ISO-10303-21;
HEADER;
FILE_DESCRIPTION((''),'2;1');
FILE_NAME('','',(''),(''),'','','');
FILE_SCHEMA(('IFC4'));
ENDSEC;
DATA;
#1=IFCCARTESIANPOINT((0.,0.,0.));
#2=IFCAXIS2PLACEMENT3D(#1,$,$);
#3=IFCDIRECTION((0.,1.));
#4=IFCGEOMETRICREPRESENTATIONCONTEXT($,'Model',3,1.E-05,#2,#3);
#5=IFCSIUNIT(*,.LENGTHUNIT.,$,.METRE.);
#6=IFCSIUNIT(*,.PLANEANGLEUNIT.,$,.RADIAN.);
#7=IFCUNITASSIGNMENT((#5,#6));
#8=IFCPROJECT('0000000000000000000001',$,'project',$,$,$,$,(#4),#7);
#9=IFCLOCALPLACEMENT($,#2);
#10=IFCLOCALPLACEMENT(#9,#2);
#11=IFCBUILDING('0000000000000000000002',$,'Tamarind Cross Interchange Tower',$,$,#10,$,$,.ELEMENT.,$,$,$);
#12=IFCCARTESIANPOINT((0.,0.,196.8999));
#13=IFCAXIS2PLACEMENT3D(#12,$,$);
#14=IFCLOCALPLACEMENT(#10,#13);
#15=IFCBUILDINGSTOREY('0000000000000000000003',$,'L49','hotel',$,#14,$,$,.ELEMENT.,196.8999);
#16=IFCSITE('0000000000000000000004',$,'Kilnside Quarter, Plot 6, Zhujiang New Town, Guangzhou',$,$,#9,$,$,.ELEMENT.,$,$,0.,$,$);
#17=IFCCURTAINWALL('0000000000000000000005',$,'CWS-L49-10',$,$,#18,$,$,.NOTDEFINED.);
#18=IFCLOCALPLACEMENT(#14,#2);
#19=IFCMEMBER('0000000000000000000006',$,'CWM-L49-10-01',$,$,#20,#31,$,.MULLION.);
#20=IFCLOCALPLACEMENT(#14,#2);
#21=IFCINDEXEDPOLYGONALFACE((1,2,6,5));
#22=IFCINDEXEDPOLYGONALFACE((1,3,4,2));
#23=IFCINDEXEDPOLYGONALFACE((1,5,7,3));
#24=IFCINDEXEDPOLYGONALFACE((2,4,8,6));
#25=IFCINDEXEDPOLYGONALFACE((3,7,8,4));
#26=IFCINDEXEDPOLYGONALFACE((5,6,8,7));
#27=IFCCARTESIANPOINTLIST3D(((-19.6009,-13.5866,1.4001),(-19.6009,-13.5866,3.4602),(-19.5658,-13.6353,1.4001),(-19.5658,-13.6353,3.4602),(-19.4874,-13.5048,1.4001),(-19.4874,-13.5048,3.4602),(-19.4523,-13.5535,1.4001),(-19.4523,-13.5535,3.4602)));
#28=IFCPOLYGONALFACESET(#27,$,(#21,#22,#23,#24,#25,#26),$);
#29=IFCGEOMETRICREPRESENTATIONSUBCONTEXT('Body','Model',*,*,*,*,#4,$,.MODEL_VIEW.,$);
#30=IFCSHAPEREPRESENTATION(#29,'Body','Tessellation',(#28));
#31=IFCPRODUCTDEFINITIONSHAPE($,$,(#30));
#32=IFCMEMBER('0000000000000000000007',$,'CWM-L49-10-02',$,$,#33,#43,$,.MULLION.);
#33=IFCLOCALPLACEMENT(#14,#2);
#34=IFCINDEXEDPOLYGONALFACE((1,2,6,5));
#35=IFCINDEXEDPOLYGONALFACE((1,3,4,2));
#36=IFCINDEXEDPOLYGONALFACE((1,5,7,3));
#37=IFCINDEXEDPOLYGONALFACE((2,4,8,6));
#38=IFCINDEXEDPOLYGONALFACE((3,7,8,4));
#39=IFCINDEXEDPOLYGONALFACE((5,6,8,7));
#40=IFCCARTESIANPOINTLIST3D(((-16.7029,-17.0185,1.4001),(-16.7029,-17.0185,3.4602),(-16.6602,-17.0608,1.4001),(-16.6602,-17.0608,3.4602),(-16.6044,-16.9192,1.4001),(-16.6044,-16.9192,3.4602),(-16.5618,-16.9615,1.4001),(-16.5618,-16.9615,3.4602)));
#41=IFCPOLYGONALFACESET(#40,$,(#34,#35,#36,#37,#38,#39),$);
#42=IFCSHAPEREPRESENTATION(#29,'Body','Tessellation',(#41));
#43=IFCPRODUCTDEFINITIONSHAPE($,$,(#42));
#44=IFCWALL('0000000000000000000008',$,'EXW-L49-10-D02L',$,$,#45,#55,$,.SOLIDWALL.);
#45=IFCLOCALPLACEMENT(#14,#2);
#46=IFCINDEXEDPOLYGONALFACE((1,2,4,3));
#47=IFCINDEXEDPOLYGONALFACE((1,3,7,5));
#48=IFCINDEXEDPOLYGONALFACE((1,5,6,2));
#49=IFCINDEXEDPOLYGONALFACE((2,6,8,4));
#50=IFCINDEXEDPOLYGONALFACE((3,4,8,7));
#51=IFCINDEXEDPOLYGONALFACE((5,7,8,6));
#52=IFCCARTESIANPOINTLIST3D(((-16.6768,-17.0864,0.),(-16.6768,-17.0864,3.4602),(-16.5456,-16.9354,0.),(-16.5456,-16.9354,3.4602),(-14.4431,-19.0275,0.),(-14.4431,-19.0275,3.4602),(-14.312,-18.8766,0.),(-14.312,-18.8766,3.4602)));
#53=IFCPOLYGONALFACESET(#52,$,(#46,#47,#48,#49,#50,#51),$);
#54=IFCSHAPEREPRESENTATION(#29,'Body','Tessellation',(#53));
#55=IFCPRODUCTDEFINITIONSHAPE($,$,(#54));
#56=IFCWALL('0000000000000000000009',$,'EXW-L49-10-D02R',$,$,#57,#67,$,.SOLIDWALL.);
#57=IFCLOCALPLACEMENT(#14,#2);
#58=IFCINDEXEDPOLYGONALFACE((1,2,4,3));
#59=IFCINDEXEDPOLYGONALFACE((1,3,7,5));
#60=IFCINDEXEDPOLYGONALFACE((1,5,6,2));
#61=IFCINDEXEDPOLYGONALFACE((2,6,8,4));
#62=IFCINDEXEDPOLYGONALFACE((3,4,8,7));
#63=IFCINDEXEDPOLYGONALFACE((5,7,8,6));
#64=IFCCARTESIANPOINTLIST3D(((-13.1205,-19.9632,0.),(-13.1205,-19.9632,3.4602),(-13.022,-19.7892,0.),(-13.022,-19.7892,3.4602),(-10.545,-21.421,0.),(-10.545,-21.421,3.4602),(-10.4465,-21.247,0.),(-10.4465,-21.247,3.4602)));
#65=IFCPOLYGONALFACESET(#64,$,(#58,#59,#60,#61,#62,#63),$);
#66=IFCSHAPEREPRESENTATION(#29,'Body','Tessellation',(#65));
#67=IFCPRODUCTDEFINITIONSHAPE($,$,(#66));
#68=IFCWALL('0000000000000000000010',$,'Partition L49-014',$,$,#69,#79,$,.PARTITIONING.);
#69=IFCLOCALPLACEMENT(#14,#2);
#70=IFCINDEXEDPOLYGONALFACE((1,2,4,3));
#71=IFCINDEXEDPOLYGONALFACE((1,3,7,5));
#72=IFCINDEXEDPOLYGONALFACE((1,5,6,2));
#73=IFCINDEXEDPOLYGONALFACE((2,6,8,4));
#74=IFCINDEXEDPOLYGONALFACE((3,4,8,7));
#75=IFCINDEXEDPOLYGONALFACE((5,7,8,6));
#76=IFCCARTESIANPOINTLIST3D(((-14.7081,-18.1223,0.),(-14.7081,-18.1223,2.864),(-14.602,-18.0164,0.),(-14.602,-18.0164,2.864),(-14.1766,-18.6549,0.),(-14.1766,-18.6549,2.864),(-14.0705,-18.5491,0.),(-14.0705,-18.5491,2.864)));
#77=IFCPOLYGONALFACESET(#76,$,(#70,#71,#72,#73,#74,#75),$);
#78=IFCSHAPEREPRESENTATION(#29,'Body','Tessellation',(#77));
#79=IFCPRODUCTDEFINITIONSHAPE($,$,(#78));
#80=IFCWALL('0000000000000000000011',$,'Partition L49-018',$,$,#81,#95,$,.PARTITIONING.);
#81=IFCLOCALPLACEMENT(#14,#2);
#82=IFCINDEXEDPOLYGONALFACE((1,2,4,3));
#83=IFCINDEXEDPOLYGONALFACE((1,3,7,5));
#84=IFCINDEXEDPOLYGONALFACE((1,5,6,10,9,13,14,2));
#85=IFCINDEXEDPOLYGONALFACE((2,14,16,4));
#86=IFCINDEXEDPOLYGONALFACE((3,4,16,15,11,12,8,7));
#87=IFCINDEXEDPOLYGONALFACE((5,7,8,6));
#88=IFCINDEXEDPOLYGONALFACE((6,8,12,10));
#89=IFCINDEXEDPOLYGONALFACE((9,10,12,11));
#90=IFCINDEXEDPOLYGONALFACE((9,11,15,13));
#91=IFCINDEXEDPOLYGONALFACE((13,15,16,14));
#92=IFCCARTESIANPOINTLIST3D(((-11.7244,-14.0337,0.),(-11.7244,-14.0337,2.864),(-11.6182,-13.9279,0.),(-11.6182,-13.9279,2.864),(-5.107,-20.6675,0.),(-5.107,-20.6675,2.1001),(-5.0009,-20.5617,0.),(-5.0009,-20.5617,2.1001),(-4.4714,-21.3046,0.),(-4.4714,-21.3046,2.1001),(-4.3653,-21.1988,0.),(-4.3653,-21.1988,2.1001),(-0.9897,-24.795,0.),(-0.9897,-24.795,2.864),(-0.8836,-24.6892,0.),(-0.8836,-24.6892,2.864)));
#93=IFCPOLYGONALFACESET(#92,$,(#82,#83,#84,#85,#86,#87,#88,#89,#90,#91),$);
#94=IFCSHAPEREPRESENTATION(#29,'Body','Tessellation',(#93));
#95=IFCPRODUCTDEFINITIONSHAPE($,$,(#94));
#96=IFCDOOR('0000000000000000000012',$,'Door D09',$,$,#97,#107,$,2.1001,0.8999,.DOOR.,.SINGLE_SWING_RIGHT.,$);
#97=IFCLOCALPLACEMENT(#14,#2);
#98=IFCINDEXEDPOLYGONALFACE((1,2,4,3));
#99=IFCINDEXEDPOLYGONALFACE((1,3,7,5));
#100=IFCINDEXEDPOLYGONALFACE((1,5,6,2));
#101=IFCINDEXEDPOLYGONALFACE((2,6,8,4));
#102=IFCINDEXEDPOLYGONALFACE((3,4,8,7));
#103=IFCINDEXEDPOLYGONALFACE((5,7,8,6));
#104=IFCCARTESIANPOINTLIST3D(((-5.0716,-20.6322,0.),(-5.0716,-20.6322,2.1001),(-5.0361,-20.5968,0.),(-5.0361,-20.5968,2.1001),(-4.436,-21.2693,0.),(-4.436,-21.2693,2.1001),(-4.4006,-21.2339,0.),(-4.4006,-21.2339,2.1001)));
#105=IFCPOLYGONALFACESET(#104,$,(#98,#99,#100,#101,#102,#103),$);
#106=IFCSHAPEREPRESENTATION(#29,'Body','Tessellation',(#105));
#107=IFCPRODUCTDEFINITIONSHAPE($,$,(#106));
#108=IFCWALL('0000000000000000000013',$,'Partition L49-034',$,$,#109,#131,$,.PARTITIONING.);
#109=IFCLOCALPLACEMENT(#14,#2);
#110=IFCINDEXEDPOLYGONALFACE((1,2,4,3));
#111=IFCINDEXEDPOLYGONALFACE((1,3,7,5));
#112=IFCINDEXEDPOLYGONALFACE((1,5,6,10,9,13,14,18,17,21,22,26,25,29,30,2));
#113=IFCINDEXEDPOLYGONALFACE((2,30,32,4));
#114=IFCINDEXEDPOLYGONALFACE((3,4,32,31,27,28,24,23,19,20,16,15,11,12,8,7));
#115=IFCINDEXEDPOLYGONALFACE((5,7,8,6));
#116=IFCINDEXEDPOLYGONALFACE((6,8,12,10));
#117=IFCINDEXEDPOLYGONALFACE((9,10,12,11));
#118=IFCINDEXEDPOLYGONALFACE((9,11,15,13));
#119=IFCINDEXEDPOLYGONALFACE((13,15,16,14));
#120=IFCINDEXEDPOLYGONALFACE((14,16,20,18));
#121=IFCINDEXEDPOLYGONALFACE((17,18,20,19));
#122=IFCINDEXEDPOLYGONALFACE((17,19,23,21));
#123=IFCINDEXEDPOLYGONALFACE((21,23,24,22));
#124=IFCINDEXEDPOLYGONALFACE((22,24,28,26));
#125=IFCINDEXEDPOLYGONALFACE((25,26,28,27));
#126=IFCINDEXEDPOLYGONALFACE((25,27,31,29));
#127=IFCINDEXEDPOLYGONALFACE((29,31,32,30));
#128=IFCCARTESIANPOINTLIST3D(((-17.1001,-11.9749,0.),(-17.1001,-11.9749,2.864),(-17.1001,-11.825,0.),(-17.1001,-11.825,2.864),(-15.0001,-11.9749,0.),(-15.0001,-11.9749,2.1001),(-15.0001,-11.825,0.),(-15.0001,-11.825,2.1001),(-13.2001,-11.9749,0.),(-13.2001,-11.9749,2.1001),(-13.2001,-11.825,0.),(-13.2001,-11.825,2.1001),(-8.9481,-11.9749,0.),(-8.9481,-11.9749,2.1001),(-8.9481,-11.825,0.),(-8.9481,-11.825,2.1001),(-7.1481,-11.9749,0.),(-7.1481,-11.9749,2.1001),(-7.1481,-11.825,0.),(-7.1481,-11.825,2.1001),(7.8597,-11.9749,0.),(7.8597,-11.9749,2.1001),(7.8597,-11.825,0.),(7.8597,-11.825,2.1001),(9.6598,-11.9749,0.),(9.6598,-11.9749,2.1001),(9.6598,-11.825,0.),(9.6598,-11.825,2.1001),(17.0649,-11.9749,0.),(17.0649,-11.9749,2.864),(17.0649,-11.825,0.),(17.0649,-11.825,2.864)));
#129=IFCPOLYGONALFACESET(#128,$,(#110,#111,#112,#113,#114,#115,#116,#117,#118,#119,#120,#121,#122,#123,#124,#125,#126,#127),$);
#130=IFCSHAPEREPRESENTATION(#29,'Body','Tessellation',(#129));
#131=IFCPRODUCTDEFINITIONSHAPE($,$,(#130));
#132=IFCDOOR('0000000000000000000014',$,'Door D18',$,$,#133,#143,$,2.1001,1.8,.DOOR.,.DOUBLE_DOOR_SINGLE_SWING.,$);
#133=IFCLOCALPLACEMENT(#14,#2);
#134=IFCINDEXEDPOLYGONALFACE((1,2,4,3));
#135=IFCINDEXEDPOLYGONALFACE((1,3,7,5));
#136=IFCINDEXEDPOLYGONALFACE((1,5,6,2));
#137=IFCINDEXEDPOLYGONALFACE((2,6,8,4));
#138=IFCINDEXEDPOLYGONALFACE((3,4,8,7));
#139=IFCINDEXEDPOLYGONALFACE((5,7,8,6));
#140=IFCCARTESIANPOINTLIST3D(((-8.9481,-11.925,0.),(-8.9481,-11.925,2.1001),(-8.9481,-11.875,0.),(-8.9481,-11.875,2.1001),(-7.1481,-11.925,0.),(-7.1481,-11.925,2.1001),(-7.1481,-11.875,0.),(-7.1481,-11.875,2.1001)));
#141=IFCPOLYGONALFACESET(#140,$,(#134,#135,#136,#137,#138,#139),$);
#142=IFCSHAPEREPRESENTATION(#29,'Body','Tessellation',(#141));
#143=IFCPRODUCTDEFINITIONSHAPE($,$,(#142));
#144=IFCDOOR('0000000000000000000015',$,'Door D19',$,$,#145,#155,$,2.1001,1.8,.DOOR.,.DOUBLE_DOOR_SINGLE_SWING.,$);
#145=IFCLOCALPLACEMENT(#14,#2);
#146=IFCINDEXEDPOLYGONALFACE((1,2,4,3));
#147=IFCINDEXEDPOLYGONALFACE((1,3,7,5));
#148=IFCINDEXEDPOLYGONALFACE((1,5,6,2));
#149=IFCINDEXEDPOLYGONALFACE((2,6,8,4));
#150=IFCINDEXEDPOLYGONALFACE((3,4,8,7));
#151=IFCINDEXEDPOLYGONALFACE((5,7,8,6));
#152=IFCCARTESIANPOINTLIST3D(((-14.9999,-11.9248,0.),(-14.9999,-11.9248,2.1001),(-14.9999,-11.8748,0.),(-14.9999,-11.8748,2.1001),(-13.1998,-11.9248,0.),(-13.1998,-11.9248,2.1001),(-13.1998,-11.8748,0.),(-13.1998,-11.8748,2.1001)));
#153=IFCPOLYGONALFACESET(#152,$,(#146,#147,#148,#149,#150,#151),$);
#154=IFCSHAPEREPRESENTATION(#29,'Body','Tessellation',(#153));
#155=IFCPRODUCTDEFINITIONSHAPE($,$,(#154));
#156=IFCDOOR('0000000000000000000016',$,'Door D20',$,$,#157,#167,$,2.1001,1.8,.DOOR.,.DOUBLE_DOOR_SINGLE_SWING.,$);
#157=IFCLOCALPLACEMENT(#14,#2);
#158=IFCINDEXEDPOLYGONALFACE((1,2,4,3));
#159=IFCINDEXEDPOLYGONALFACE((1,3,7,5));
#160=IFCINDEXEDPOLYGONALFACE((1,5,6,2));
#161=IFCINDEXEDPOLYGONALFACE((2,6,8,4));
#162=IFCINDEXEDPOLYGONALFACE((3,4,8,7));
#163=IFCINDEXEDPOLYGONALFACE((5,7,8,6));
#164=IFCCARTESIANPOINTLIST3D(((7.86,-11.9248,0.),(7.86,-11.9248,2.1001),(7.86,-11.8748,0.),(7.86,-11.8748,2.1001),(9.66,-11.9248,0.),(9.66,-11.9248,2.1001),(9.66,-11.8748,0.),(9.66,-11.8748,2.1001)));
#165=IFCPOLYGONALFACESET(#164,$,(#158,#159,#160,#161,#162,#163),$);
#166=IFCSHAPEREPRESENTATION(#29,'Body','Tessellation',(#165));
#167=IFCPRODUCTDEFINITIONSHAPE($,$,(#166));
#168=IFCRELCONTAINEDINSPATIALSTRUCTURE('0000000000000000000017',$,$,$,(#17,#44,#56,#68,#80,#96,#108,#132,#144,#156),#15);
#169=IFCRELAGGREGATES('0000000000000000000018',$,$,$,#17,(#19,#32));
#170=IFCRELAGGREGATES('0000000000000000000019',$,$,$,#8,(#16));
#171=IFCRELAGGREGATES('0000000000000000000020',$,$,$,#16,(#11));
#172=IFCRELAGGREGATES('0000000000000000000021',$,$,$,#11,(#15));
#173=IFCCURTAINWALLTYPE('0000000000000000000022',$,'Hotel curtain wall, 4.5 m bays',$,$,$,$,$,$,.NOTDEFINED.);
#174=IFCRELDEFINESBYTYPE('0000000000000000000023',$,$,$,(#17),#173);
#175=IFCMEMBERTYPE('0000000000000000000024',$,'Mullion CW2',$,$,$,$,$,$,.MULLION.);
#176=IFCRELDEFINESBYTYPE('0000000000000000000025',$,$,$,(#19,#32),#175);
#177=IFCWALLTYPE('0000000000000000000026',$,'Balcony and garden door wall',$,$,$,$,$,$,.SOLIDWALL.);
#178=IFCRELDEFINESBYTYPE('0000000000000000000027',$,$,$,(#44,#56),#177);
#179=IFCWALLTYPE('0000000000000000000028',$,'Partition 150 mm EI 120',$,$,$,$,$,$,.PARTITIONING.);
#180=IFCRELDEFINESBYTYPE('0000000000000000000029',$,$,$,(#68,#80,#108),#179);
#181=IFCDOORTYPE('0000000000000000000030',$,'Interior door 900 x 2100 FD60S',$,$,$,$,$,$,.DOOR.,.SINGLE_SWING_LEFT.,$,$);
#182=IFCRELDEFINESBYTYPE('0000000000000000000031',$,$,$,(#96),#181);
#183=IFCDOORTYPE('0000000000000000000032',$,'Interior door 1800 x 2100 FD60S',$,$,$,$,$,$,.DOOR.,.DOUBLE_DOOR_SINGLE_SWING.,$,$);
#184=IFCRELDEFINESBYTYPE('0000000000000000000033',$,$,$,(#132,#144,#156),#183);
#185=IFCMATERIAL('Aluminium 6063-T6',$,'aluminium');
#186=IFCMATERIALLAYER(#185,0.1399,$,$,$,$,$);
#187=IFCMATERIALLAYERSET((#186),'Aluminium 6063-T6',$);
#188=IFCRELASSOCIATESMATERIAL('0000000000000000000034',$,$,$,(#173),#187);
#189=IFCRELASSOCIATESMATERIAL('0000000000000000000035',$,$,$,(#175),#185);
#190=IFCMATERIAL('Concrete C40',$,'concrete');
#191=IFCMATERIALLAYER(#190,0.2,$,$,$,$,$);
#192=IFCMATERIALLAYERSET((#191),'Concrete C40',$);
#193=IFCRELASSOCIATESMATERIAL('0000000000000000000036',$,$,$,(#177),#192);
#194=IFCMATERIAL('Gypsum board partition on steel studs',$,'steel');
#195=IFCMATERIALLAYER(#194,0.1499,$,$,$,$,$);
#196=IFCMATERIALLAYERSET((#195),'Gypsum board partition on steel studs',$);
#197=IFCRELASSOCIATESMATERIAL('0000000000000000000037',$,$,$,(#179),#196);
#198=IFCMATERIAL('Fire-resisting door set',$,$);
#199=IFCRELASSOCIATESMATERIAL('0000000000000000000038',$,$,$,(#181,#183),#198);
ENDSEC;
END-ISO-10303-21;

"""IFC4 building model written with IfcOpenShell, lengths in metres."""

from ifc_helpers import new_model, si_unit, direction, frame, frame_2d, origin, origin_2d, place, context, subcontext, project, spatial, rectangle, extrude, material, layer, layer_set, material_profile, profile_set, type_object, element, fill, aggregate, save


model = new_model("IFC4")

# Units and contexts
model_context = context("Model", 3, precision=1e-05, world=origin(), true_north=direction((0.0, 1.0)))
body_context = subcontext(model_context, "Body", "Model", "MODEL_VIEW")
ifc_project = project(units=[si_unit("LENGTHUNIT", "METRE"), si_unit("PLANEANGLEUNIT", "RADIAN")], contexts=[model_context])

# Site, building, storey
site_placement = place(None, origin())
site = spatial("IfcSite", under=ifc_project, at=site_placement, Name="Kilnside Quarter, Plot 6, Zhujiang New Town, Guangzhou", CompositionType="ELEMENT", RefElevation=0.0)
building_placement = place(site_placement, origin())
building = spatial("IfcBuilding", under=site, at=building_placement, Name="Tamarind Cross Interchange Tower", CompositionType="ELEMENT")
storey_placement = place(building_placement, frame((0.0, 0.0, 196.8999)))
storey = spatial("IfcBuildingStorey", under=building, at=storey_placement, Name="L49", Description="hotel", CompositionType="ELEMENT", Elevation=196.8999)

# Curtain wall, members
ifc_material_1 = material(Name="Aluminium 6063-T6", Category="aluminium")
ifc_layer_1 = layer(ifc_material_1, 0.1399)
ifc_layer_set_1 = layer_set([ifc_layer_1], Name="Aluminium 6063-T6")
curtain_wall_type = type_object("IfcCurtainWallType", Name="Hotel curtain wall, 4.5 m bays", PredefinedType="NOTDEFINED", material=ifc_layer_set_1)
curtain_wall_placement = place(storey_placement, origin())
curtain_wall = element("IfcCurtainWall", 1, at=curtain_wall_placement, inside=storey, type_object=curtain_wall_type, Name="CWS-L49-10", PredefinedType="NOTDEFINED")
ifc_material_profile_1 = material_profile(ifc_material_1, rectangle(XDim=0.0601, YDim=0.1399, at=origin_2d()), Name="Mullion CW2")
ifc_profile_set_1 = profile_set([ifc_material_profile_1], Name="Aluminium 6063-T6")
member_type = type_object("IfcMemberType", Name="Mullion CW2", PredefinedType="MULLION", material=ifc_profile_set_1)
member_1_placement = place(storey_placement, frame((-19.5266, -13.5701, 1.4001), z_axis=(0.0, 0.0, 1.0), x_axis=(0.584638, -0.811294, 0.0)))
member_1 = element("IfcMember", 2, at=member_1_placement, type_object=member_type, Name="CWM-L49-10-01", PredefinedType="MULLION", context=body_context, shape_type="SweptSolid", body=[
    extrude(rectangle(XDim=0.0601, YDim=0.1399, at=origin_2d()), origin(), (0.0, 0.0, 1.0), 2.0601),
])
member_2_placement = place(storey_placement, frame((-16.6323, -16.99, 1.4001), z_axis=(0.0, 0.0, 1.0), x_axis=(0.710143, -0.704057, 0.0)))
member_2 = element("IfcMember", 3, at=member_2_placement, type_object=member_type, Name="CWM-L49-10-02", PredefinedType="MULLION", context=body_context, shape_type="SweptSolid", body=[
    extrude(rectangle(XDim=0.0601, YDim=0.1399, at=origin_2d()), origin(), (0.0, 0.0, 1.0), 2.0601),
])
aggregate(curtain_wall, [member_1, member_2])

# Walls
ifc_material_2 = material(Name="Concrete C40", Category="concrete")
ifc_layer_2 = layer(ifc_material_2, 0.2)
ifc_layer_set_2 = layer_set([ifc_layer_2], Name="Concrete C40")
wall_type_1 = type_object("IfcWallType", Name="Balcony and garden door wall", PredefinedType="SOLIDWALL", material=ifc_layer_set_2)
wall_1_placement = place(storey_placement, frame((-16.6111, -17.011, 0.0), z_axis=(0.0, 0.0, 1.0), x_axis=(0.754796, -0.65596, 0.0)))
element("IfcWall", 4, at=wall_1_placement, inside=storey, type_object=wall_type_1, Name="EXW-L49-10-D02L", PredefinedType="SOLIDWALL", context=body_context, shape_type="SweptSolid", body=[
    extrude(rectangle(XDim=2.9592, YDim=0.2, at=frame_2d((1.4795, 0.0))), origin(), (0.0, 0.0, 1.0), 3.4602),
])
wall_2_placement = place(storey_placement, frame((-13.0713, -19.8762, 0.0), z_axis=(0.0, 0.0, 1.0), x_axis=(0.870262, -0.49259, 0.0)))
element("IfcWall", 5, at=wall_2_placement, inside=storey, type_object=wall_type_1, Name="EXW-L49-10-D02R", PredefinedType="SOLIDWALL", context=body_context, shape_type="SweptSolid", body=[
    extrude(rectangle(XDim=2.9595, YDim=0.2, at=frame_2d((1.4797, 0.0))), origin(), (0.0, 0.0, 1.0), 3.4602),
])

# Wall
ifc_material_3 = material(Name="Gypsum board partition on steel studs", Category="steel")
ifc_layer_3 = layer(ifc_material_3, 0.1499)
ifc_layer_set_3 = layer_set([ifc_layer_3], Name="Gypsum board partition on steel studs")
wall_type_2 = type_object("IfcWallType", Name="Partition 150 mm EI 120", PredefinedType="PARTITIONING", material=ifc_layer_set_3)
wall_3_placement = place(storey_placement, frame((-14.655, -18.0693, 0.0), z_axis=(0.0, 0.0, 1.0), x_axis=(0.706295, -0.707917, 0.0)))
element("IfcWall", 6, at=wall_3_placement, inside=storey, type_object=wall_type_2, Name="Partition L49-014", PredefinedType="PARTITIONING", context=body_context, shape_type="SweptSolid", body=[
    extrude(rectangle(XDim=0.7524, YDim=0.1499, at=frame_2d((0.3762, 0.0))), origin(), (0.0, 0.0, 1.0), 2.864),
])

# Wall, opening, door
wall_4_placement = place(storey_placement, frame((-11.6714, -13.9807, 0.0), z_axis=(0.0, 0.0, 1.0), x_axis=(0.706231, -0.707982, 0.0)))
wall_4 = element("IfcWall", 7, at=wall_4_placement, inside=storey, type_object=wall_type_2, Name="Partition L49-018", PredefinedType="PARTITIONING", context=body_context, shape_type="SweptSolid", body=[
    extrude(rectangle(XDim=15.2, YDim=0.1499, at=frame_2d((7.6001, 0.0))), origin(), (0.0, 0.0, 1.0), 2.864),
])
opening_1_placement = place(wall_4_placement, frame((9.3701, 0.0, 0.0)))
opening_1 = element("IfcOpeningElement", 8, at=opening_1_placement, cuts=wall_4, PredefinedType="OPENING", context=body_context, shape_type="SweptSolid", body=[
    extrude(rectangle(XDim=0.8999, YDim=2.1001, at=frame_2d((0.45, 1.05))), frame((0.0, 0.085, 0.0), z_axis=(0.0, -1.0, 0.0), x_axis=(1.0, 0.0, 0.0)), (0.0, 0.0, 1.0), 0.1699),
])
ifc_material_4 = material(Name="Fire-resisting door set")
door_type_1 = type_object("IfcDoorType", Name="Interior door 900 x 2100 FD60S", OperationType="SINGLE_SWING_LEFT", PredefinedType="DOOR", material=ifc_material_4)
door_1_placement = place(opening_1_placement, frame((0.8999, 0.0, 0.0), z_axis=(0.0, 0.0, 1.0), x_axis=(-1.0, 0.0, 0.0)))
door_1 = element("IfcDoor", 9, at=door_1_placement, inside=storey, type_object=door_type_1, Name="Door D09", OperationType="SINGLE_SWING_RIGHT", OverallHeight=2.1001, OverallWidth=0.8999, PredefinedType="DOOR", context=body_context, shape_type="SweptSolid", body=[
    extrude(rectangle(XDim=0.8999, YDim=2.1001, at=frame_2d((0.45, 1.05))), frame((0.0, 0.0249, 0.0), z_axis=(0.0, -1.0, 0.0), x_axis=(1.0, 0.0, 0.0)), (0.0, 0.0, 1.0), 0.05),
])
fill(opening_1, door_1)

# Wall, openings, doors
wall_5_placement = place(storey_placement, frame((-17.1001, -11.8999, 0.0), z_axis=(0.0, 0.0, 1.0), x_axis=(1.0, 0.0, 0.0)))
wall_5 = element("IfcWall", 10, at=wall_5_placement, inside=storey, type_object=wall_type_2, Name="Partition L49-034", PredefinedType="PARTITIONING", context=body_context, shape_type="SweptSolid", body=[
    extrude(rectangle(XDim=34.165, YDim=0.1499, at=frame_2d((17.0825, 0.0))), origin(), (0.0, 0.0, 1.0), 2.864),
])
opening_2_placement = place(wall_5_placement, frame((8.1521, 0.0, 0.0)))
opening_2 = element("IfcOpeningElement", 11, at=opening_2_placement, cuts=wall_5, PredefinedType="OPENING", context=body_context, shape_type="SweptSolid", body=[
    extrude(rectangle(XDim=1.8, YDim=2.1001, at=frame_2d((0.8999, 1.05))), frame((0.0, 0.085, 0.0), z_axis=(0.0, -1.0, 0.0), x_axis=(1.0, 0.0, 0.0)), (0.0, 0.0, 1.0), 0.1699),
])
opening_3_placement = place(wall_5_placement, frame((2.1001, 0.0, 0.0)))
opening_3 = element("IfcOpeningElement", 12, at=opening_3_placement, cuts=wall_5, PredefinedType="OPENING", context=body_context, shape_type="SweptSolid", body=[
    extrude(rectangle(XDim=1.8, YDim=2.1001, at=frame_2d((0.8999, 1.05))), frame((0.0, 0.085, 0.0), z_axis=(0.0, -1.0, 0.0), x_axis=(1.0, 0.0, 0.0)), (0.0, 0.0, 1.0), 0.1699),
])
opening_4_placement = place(wall_5_placement, frame((24.96, 0.0, 0.0)))
opening_4 = element("IfcOpeningElement", 13, at=opening_4_placement, cuts=wall_5, PredefinedType="OPENING", context=body_context, shape_type="SweptSolid", body=[
    extrude(rectangle(XDim=1.8, YDim=2.1001, at=frame_2d((0.8999, 1.05))), frame((0.0, 0.085, 0.0), z_axis=(0.0, -1.0, 0.0), x_axis=(1.0, 0.0, 0.0)), (0.0, 0.0, 1.0), 0.1699),
])
door_type_2 = type_object("IfcDoorType", Name="Interior door 1800 x 2100 FD60S", OperationType="DOUBLE_DOOR_SINGLE_SWING", PredefinedType="DOOR", material=ifc_material_4)
door_2_placement = place(opening_2_placement, origin())
door_2 = element("IfcDoor", 14, at=door_2_placement, inside=storey, type_object=door_type_2, Name="Door D18", OperationType="DOUBLE_DOOR_SINGLE_SWING", OverallHeight=2.1001, OverallWidth=1.8, PredefinedType="DOOR", context=body_context, shape_type="SweptSolid", body=[
    extrude(rectangle(XDim=1.8, YDim=2.1001, at=frame_2d((0.8999, 1.05))), frame((0.0, 0.0249, 0.0), z_axis=(0.0, -1.0, 0.0), x_axis=(1.0, 0.0, 0.0)), (0.0, 0.0, 1.0), 0.05),
])
fill(opening_2, door_2)
door_3_placement = place(opening_3_placement, frame((1.8, 0.0, 0.0), z_axis=(0.0, 0.0, 1.0), x_axis=(-1.0, 0.0, 0.0)))
door_3 = element("IfcDoor", 15, at=door_3_placement, inside=storey, type_object=door_type_2, Name="Door D19", OperationType="DOUBLE_DOOR_SINGLE_SWING", OverallHeight=2.1001, OverallWidth=1.8, PredefinedType="DOOR", context=body_context, shape_type="SweptSolid", body=[
    extrude(rectangle(XDim=1.8, YDim=2.1001, at=frame_2d((0.8999, 1.05))), frame((0.0, 0.0249, 0.0), z_axis=(0.0, -1.0, 0.0), x_axis=(1.0, 0.0, 0.0)), (0.0, 0.0, 1.0), 0.05),
])
fill(opening_3, door_3)
door_4_placement = place(opening_4_placement, frame((1.8, 0.0, 0.0), z_axis=(0.0, 0.0, 1.0), x_axis=(-1.0, 0.0, 0.0)))
door_4 = element("IfcDoor", 16, at=door_4_placement, inside=storey, type_object=door_type_2, Name="Door D20", OperationType="DOUBLE_DOOR_SINGLE_SWING", OverallHeight=2.1001, OverallWidth=1.8, PredefinedType="DOOR", context=body_context, shape_type="SweptSolid", body=[
    extrude(rectangle(XDim=1.8, YDim=2.1001, at=frame_2d((0.8999, 1.05))), frame((0.0, 0.0249, 0.0), z_axis=(0.0, -1.0, 0.0), x_axis=(1.0, 0.0, 0.0)), (0.0, 0.0, 1.0), 0.05),
])
fill(opening_4, door_4)

save(model, "model.ifc")
